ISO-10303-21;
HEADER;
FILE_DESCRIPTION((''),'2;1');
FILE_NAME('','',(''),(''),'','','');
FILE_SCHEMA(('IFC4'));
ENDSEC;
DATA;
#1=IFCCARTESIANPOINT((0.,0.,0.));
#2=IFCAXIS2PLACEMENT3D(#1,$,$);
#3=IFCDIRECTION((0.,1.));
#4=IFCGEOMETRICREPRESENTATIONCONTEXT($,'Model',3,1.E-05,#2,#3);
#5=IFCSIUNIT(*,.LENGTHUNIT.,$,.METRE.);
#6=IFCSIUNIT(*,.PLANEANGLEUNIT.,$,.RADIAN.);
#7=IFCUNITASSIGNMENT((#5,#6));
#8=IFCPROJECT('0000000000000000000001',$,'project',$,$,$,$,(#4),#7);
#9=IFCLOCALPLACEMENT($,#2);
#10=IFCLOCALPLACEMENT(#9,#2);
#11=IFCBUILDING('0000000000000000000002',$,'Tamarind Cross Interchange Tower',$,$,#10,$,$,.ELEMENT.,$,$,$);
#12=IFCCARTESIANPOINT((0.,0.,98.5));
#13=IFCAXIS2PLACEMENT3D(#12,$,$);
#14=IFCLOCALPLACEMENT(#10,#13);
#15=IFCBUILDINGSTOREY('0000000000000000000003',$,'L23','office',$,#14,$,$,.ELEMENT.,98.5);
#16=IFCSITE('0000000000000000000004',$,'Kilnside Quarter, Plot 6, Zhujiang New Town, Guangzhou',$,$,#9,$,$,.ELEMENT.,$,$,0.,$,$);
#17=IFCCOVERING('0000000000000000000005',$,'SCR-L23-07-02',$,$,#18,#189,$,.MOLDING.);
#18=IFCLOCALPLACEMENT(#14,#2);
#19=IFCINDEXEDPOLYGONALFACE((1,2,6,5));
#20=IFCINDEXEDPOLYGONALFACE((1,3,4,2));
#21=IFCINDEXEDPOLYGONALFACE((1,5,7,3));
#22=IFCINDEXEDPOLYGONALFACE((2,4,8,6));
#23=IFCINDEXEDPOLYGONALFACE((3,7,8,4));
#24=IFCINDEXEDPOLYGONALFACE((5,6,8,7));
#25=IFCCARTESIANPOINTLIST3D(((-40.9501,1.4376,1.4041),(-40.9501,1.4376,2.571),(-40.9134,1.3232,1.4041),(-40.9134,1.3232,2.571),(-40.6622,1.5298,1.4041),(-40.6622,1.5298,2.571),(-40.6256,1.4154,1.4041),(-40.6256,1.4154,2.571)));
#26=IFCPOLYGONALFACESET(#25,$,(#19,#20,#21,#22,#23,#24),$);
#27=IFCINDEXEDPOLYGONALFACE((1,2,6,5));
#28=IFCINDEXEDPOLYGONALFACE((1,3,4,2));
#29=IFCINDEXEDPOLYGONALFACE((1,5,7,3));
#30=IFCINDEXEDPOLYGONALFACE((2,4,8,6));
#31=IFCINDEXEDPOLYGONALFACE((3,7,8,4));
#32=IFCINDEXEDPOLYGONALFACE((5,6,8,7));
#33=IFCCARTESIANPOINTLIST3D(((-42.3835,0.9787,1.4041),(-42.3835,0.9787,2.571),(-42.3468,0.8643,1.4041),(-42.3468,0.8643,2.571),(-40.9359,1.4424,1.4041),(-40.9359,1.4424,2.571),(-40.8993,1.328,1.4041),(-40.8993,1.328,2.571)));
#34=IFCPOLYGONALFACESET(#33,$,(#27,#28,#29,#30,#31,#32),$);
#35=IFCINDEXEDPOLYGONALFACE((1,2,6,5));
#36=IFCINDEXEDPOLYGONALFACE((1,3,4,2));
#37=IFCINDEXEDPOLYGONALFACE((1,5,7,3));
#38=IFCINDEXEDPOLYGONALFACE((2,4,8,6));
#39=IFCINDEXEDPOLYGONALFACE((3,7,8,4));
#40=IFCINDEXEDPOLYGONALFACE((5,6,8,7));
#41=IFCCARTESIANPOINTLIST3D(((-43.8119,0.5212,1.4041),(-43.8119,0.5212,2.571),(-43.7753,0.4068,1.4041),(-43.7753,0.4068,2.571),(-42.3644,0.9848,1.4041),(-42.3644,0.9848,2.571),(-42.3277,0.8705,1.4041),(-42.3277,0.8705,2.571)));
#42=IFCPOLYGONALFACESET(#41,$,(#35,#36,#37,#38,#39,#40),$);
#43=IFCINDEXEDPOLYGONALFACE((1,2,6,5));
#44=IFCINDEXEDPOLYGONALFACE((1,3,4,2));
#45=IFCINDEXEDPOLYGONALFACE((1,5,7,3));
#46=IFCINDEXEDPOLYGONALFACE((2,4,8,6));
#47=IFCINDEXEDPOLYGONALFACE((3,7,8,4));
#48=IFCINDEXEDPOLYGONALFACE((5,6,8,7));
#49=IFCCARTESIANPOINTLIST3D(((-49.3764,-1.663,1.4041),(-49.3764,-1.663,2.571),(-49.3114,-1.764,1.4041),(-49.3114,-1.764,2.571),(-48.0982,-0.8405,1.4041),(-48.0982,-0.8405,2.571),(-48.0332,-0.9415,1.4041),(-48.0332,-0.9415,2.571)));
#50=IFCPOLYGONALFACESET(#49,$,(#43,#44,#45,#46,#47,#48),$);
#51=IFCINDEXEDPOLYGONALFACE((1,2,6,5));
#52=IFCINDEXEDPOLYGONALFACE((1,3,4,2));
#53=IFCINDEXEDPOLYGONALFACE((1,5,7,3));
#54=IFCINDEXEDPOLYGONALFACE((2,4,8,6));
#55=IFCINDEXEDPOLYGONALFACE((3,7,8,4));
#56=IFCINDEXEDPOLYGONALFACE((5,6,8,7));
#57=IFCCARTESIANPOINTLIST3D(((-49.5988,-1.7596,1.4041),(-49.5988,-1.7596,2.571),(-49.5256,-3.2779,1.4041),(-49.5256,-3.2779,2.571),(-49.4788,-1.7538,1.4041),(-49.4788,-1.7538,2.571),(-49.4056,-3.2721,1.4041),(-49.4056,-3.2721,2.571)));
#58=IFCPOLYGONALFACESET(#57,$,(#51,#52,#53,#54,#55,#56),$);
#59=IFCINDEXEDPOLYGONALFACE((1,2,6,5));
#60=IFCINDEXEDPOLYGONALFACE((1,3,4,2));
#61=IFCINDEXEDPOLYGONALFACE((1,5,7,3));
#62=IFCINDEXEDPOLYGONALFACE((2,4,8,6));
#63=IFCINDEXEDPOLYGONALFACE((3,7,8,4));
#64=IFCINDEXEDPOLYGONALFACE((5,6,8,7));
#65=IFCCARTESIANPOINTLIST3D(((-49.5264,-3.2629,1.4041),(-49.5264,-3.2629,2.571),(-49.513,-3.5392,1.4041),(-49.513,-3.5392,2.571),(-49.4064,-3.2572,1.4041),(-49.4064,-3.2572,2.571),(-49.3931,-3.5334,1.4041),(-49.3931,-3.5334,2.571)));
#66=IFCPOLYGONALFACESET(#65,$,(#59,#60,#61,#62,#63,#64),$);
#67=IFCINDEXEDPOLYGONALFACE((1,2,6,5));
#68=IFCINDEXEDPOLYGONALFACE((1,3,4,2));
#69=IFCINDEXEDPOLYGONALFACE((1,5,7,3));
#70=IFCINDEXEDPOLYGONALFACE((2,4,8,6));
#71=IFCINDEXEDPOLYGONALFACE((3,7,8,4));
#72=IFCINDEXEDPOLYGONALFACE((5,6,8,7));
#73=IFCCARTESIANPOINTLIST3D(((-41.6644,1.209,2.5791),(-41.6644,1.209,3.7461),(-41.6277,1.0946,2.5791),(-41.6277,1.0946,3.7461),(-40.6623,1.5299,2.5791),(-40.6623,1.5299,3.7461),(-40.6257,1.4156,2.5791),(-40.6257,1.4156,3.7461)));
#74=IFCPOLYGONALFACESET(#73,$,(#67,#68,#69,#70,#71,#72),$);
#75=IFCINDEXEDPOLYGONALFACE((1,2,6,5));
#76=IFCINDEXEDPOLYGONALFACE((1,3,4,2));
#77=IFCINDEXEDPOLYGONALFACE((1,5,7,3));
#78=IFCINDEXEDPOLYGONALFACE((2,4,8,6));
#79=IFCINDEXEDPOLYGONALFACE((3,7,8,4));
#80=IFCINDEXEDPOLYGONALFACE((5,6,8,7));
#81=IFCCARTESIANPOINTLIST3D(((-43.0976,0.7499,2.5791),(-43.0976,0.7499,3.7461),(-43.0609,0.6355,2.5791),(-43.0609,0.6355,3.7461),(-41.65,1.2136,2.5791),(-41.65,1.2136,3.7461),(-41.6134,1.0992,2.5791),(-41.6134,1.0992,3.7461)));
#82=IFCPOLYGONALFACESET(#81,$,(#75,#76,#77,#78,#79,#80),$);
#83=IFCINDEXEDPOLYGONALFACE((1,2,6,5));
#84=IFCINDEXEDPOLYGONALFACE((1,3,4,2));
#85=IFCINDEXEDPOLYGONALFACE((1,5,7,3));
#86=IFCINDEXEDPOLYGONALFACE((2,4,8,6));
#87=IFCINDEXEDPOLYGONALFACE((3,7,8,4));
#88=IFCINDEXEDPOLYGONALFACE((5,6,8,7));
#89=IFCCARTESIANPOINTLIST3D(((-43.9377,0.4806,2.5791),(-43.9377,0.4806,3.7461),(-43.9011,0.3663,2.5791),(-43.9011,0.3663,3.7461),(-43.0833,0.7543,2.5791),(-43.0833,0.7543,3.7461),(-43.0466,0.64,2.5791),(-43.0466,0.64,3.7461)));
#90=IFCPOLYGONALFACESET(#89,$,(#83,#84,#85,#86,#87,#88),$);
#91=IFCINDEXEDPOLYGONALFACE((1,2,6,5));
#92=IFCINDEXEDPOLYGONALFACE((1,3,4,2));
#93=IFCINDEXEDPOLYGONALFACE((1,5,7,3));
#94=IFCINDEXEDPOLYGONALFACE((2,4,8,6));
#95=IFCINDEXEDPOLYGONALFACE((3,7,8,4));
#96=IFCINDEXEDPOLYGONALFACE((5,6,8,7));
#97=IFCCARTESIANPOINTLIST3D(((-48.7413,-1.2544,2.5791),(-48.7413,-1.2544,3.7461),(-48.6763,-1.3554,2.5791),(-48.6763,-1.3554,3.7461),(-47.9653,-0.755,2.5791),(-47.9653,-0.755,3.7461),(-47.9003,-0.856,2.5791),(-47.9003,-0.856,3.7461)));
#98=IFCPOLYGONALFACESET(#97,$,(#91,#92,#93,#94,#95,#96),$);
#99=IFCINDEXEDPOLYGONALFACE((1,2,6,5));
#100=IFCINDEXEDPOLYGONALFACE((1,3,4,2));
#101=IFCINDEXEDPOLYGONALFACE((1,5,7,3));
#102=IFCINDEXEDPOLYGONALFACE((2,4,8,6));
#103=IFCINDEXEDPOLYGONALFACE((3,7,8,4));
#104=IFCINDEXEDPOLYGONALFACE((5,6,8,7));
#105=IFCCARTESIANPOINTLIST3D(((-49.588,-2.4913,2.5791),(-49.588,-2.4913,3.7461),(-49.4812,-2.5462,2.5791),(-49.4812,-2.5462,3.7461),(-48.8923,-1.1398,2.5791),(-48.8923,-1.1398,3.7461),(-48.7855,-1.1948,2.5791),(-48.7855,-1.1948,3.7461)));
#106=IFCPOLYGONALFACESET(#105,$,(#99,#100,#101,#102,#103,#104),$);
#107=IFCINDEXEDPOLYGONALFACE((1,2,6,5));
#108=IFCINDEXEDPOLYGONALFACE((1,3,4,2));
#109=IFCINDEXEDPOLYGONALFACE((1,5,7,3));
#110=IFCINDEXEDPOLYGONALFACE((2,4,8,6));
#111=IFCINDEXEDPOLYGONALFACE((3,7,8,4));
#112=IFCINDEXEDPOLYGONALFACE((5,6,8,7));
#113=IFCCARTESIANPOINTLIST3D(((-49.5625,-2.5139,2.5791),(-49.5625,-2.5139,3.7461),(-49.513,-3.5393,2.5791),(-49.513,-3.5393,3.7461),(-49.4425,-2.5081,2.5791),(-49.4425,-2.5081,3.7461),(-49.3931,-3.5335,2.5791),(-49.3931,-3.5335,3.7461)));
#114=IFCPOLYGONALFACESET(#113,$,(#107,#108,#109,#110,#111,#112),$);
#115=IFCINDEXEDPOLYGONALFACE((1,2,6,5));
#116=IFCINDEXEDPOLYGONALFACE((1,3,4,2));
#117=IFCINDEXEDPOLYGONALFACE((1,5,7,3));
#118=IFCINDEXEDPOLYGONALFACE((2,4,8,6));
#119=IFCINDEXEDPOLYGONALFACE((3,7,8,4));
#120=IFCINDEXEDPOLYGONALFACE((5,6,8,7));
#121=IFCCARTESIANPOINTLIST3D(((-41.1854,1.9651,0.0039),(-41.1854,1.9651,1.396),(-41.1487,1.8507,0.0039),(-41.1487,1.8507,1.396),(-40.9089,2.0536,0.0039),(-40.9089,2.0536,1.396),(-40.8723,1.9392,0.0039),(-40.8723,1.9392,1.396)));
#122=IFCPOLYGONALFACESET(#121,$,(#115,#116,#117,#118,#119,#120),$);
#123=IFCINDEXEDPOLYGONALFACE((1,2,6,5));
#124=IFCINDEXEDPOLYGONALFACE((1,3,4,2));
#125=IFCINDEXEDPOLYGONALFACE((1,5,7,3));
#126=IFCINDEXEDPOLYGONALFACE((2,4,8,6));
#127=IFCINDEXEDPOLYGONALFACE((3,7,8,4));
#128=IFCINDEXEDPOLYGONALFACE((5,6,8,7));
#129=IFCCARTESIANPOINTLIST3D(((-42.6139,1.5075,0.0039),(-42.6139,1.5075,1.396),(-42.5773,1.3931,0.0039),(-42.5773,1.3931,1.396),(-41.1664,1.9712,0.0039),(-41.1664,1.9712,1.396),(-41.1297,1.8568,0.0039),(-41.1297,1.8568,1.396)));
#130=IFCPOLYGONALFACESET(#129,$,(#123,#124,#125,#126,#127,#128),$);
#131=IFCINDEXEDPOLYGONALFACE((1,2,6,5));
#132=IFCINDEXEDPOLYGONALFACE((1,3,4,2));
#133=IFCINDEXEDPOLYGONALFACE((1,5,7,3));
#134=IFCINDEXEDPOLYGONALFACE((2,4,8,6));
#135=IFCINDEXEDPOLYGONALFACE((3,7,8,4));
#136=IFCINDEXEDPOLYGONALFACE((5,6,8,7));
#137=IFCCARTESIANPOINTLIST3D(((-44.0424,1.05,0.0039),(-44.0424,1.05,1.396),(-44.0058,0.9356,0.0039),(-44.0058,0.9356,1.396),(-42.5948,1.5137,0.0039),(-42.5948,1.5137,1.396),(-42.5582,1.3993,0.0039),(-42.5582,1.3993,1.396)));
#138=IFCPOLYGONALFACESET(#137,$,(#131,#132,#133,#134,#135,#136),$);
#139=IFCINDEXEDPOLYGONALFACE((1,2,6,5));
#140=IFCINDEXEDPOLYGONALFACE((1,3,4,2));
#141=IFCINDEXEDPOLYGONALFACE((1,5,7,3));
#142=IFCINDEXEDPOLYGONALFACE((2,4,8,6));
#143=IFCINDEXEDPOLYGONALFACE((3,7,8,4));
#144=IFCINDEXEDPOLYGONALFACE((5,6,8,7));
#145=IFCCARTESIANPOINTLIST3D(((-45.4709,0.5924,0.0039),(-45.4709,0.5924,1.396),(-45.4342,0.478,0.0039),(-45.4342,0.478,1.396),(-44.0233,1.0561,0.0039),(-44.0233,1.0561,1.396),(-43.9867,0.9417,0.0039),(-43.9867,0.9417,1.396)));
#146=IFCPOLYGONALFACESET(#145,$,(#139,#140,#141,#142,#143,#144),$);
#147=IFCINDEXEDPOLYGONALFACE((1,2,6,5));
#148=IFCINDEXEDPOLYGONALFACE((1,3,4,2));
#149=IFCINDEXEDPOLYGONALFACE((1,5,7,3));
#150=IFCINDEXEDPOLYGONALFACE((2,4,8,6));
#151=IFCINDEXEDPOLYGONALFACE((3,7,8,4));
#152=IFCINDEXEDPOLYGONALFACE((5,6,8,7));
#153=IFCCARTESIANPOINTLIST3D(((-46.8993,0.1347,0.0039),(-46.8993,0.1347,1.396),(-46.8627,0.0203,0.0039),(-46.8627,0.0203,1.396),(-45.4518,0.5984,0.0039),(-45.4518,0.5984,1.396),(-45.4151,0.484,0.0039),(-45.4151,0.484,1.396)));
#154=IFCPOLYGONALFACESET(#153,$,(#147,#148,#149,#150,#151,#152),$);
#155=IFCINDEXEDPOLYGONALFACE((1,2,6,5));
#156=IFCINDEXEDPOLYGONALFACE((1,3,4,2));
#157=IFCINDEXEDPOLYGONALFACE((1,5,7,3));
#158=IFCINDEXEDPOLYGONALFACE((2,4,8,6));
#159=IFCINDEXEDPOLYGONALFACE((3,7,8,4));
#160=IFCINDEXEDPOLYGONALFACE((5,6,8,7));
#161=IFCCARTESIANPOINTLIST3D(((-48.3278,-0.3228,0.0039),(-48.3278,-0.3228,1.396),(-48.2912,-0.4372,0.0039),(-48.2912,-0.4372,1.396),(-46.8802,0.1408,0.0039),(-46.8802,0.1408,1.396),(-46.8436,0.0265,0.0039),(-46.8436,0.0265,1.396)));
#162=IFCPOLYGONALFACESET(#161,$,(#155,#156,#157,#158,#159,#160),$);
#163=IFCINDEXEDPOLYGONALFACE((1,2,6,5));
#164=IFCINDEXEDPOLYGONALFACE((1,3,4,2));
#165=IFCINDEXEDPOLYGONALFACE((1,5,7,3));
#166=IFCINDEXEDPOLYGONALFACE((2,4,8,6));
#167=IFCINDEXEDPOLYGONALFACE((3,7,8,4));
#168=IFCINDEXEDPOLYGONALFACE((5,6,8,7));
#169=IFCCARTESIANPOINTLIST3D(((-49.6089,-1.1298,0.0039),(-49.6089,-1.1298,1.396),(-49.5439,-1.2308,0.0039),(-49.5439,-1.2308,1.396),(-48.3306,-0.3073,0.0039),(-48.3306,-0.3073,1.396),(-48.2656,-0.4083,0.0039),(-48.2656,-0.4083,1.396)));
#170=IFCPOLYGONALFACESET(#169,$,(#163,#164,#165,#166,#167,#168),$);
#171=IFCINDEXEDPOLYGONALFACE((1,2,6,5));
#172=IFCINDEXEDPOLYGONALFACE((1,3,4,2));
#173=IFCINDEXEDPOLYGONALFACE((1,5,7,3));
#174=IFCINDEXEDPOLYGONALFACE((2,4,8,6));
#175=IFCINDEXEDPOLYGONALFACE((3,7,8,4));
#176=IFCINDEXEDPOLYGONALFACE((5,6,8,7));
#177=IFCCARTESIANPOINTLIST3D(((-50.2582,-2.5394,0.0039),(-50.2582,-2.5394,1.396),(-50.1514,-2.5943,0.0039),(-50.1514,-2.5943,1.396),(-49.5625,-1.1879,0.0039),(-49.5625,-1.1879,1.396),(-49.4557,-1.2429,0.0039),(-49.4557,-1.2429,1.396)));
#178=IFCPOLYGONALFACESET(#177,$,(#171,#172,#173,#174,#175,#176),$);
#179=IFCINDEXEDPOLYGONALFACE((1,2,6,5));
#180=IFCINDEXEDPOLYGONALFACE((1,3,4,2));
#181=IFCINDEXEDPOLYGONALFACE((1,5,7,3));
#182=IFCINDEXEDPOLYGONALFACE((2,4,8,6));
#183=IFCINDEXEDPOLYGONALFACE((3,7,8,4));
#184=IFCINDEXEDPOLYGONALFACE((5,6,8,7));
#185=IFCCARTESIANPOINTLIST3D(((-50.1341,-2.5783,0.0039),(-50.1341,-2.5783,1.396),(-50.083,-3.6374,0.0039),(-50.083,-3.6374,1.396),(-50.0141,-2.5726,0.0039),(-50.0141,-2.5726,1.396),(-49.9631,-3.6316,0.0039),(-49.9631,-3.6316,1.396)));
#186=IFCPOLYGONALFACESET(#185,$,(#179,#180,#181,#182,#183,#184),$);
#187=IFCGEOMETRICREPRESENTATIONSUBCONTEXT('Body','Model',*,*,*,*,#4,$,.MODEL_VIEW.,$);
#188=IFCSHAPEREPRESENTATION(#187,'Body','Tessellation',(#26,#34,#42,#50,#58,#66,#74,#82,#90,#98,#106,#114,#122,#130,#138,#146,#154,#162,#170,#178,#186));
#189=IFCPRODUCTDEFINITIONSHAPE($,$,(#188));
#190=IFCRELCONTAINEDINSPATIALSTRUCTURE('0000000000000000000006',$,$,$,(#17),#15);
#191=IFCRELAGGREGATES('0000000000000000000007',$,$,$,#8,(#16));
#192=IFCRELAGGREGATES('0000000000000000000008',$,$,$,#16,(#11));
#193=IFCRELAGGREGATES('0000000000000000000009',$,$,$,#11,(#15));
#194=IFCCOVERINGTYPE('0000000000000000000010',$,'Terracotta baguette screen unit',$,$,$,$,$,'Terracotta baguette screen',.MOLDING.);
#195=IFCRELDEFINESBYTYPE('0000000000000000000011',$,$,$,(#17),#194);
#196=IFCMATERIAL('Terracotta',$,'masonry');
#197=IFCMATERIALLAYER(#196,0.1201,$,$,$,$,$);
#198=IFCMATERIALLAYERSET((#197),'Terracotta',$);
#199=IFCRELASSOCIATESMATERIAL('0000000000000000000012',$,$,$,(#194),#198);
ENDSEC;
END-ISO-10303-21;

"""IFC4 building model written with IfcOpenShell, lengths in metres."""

from ifc_helpers import new_model, si_unit, direction, frame, origin, origin_2d, place, context, subcontext, project, spatial, rectangle, extrude, material, layer, layer_set, type_object, element, save


model = new_model("IFC4")

# Units and contexts
model_context = context("Model", 3, precision=1e-05, world=origin(), true_north=direction((0.0, 1.0)))
body_context = subcontext(model_context, "Body", "Model", "MODEL_VIEW")
ifc_project = project(units=[si_unit("LENGTHUNIT", "METRE"), si_unit("PLANEANGLEUNIT", "RADIAN")], contexts=[model_context])

# Site, building, storey
site_placement = place(None, origin())
site = spatial("IfcSite", under=ifc_project, at=site_placement, Name="Kilnside Quarter, Plot 6, Zhujiang New Town, Guangzhou", CompositionType="ELEMENT", RefElevation=0.0)
building_placement = place(site_placement, origin())
building = spatial("IfcBuilding", under=site, at=building_placement, Name="Tamarind Cross Interchange Tower", CompositionType="ELEMENT")
storey_placement = place(building_placement, frame((0.0, 0.0, 98.5)))
storey = spatial("IfcBuildingStorey", under=building, at=storey_placement, Name="L23", Description="office", CompositionType="ELEMENT", Elevation=98.5)

# Covering
ifc_material_1 = material(Name="Terracotta", Category="masonry")
ifc_layer_1 = layer(ifc_material_1, 0.1201)
ifc_layer_set_1 = layer_set([ifc_layer_1], Name="Terracotta")
covering_type = type_object("IfcCoveringType", Name="Terracotta baguette screen unit", ElementType="Terracotta baguette screen", PredefinedType="MOLDING", material=ifc_layer_set_1)
covering_1_placement = place(storey_placement, origin())
element("IfcCovering", 1, at=covering_1_placement, inside=storey, type_object=covering_type, Name="SCR-L23-07-02", PredefinedType="MOLDING", context=body_context, shape_type="SweptSolid", body=[
    extrude(rectangle(XDim=0.3022, YDim=0.1201, at=origin_2d()), frame((-40.7878, 1.4265, 1.4041), z_axis=(0.0, 0.0, 1.0), x_axis=(-0.952334, -0.305057, 0.0)), (0.0, 0.0, 1.0), 1.167),
    extrude(rectangle(XDim=1.52, YDim=0.1201, at=origin_2d()), frame((-41.6414, 1.1533, 1.4041), z_axis=(0.0, 0.0, 1.0), x_axis=(-0.952334, -0.305057, 0.0)), (0.0, 0.0, 1.0), 1.167),
    extrude(rectangle(XDim=1.52, YDim=0.1201, at=origin_2d()), frame((-43.0698, 0.6958, 1.4041), z_axis=(0.0, 0.0, 1.0), x_axis=(-0.952334, -0.305057, 0.0)), (0.0, 0.0, 1.0), 1.167),
    extrude(rectangle(XDim=1.52, YDim=0.1201, at=origin_2d()), frame((-48.7048, -1.3022, 1.4041), z_axis=(0.0, 0.0, 1.0), x_axis=(-0.840929, -0.541145, 0.0)), (0.0, 0.0, 1.0), 1.167),
    extrude(rectangle(XDim=1.52, YDim=0.1201, at=origin_2d()), frame((-49.5022, -2.5159, 1.4041), z_axis=(0.0, 0.0, 1.0), x_axis=(0.04818, -0.998839, 0.0)), (0.0, 0.0, 1.0), 1.167),
    extrude(rectangle(XDim=0.2766, YDim=0.1201, at=origin_2d()), frame((-49.4597, -3.3982, 1.4041), z_axis=(0.0, 0.0, 1.0), x_axis=(0.04818, -0.998839, 0.0)), (0.0, 0.0, 1.0), 1.167),
    extrude(rectangle(XDim=1.0522, YDim=0.1201, at=origin_2d()), frame((-41.145, 1.3123, 2.5791), z_axis=(0.0, 0.0, 1.0), x_axis=(-0.952334, -0.305057, 0.0)), (0.0, 0.0, 1.0), 1.167),
    extrude(rectangle(XDim=1.52, YDim=0.1201, at=origin_2d()), frame((-42.3555, 0.9246, 2.5791), z_axis=(0.0, 0.0, 1.0), x_axis=(-0.952334, -0.305057, 0.0)), (0.0, 0.0, 1.0), 1.167),
    extrude(rectangle(XDim=0.8972, YDim=0.1201, at=origin_2d()), frame((-43.4922, 0.5603, 2.5791), z_axis=(0.0, 0.0, 1.0), x_axis=(-0.952334, -0.305057, 0.0)), (0.0, 0.0, 1.0), 1.167),
    extrude(rectangle(XDim=0.9229, YDim=0.1201, at=origin_2d()), frame((-48.3208, -1.0552, 2.5791), z_axis=(0.0, 0.0, 1.0), x_axis=(-0.840929, -0.541145, 0.0)), (0.0, 0.0, 1.0), 1.167),
    extrude(rectangle(XDim=1.52, YDim=0.1201, at=origin_2d()), frame((-49.1868, -1.843, 2.5791), z_axis=(0.0, 0.0, 1.0), x_axis=(-0.457694, -0.88911, 0.0)), (0.0, 0.0, 1.0), 1.167),
    extrude(rectangle(XDim=1.0266, YDim=0.1201, at=origin_2d()), frame((-49.4778, -3.0237, 2.5791), z_axis=(0.0, 0.0, 1.0), x_axis=(0.04818, -0.998839, 0.0)), (0.0, 0.0, 1.0), 1.167),
    extrude(rectangle(XDim=0.2903, YDim=0.1201, at=origin_2d()), frame((-41.0288, 1.9521, 0.0039), z_axis=(0.0, 0.0, 1.0), x_axis=(-0.952334, -0.305057, 0.0)), (0.0, 0.0, 1.0), 1.3921),
    extrude(rectangle(XDim=1.52, YDim=0.1201, at=origin_2d()), frame((-41.8718, 1.6821, 0.0039), z_axis=(0.0, 0.0, 1.0), x_axis=(-0.952334, -0.305057, 0.0)), (0.0, 0.0, 1.0), 1.3921),
    extrude(rectangle(XDim=1.52, YDim=0.1201, at=origin_2d()), frame((-43.3003, 1.2246, 0.0039), z_axis=(0.0, 0.0, 1.0), x_axis=(-0.952334, -0.305057, 0.0)), (0.0, 0.0, 1.0), 1.3921),
    extrude(rectangle(XDim=1.52, YDim=0.1201, at=origin_2d()), frame((-44.7288, 0.7671, 0.0039), z_axis=(0.0, 0.0, 1.0), x_axis=(-0.952334, -0.305057, 0.0)), (0.0, 0.0, 1.0), 1.3921),
    extrude(rectangle(XDim=1.52, YDim=0.1201, at=origin_2d()), frame((-46.1572, 0.3093, 0.0039), z_axis=(0.0, 0.0, 1.0), x_axis=(-0.952334, -0.305057, 0.0)), (0.0, 0.0, 1.0), 1.3921),
    extrude(rectangle(XDim=1.52, YDim=0.1201, at=origin_2d()), frame((-47.5857, -0.1482, 0.0039), z_axis=(0.0, 0.0, 1.0), x_axis=(-0.952334, -0.305057, 0.0)), (0.0, 0.0, 1.0), 1.3921),
    extrude(rectangle(XDim=1.52, YDim=0.1201, at=origin_2d()), frame((-48.9373, -0.769, 0.0039), z_axis=(0.0, 0.0, 1.0), x_axis=(-0.840929, -0.541145, 0.0)), (0.0, 0.0, 1.0), 1.3921),
    extrude(rectangle(XDim=1.52, YDim=0.1201, at=origin_2d()), frame((-49.8569, -1.8911, 0.0039), z_axis=(0.0, 0.0, 1.0), x_axis=(-0.457694, -0.88911, 0.0)), (0.0, 0.0, 1.0), 1.3921),
    extrude(rectangle(XDim=1.0603, YDim=0.1201, at=origin_2d()), frame((-50.0486, -3.105, 0.0039), z_axis=(0.0, 0.0, 1.0), x_axis=(0.04818, -0.998839, 0.0)), (0.0, 0.0, 1.0), 1.3921),
])

save(model, "model.ifc")
